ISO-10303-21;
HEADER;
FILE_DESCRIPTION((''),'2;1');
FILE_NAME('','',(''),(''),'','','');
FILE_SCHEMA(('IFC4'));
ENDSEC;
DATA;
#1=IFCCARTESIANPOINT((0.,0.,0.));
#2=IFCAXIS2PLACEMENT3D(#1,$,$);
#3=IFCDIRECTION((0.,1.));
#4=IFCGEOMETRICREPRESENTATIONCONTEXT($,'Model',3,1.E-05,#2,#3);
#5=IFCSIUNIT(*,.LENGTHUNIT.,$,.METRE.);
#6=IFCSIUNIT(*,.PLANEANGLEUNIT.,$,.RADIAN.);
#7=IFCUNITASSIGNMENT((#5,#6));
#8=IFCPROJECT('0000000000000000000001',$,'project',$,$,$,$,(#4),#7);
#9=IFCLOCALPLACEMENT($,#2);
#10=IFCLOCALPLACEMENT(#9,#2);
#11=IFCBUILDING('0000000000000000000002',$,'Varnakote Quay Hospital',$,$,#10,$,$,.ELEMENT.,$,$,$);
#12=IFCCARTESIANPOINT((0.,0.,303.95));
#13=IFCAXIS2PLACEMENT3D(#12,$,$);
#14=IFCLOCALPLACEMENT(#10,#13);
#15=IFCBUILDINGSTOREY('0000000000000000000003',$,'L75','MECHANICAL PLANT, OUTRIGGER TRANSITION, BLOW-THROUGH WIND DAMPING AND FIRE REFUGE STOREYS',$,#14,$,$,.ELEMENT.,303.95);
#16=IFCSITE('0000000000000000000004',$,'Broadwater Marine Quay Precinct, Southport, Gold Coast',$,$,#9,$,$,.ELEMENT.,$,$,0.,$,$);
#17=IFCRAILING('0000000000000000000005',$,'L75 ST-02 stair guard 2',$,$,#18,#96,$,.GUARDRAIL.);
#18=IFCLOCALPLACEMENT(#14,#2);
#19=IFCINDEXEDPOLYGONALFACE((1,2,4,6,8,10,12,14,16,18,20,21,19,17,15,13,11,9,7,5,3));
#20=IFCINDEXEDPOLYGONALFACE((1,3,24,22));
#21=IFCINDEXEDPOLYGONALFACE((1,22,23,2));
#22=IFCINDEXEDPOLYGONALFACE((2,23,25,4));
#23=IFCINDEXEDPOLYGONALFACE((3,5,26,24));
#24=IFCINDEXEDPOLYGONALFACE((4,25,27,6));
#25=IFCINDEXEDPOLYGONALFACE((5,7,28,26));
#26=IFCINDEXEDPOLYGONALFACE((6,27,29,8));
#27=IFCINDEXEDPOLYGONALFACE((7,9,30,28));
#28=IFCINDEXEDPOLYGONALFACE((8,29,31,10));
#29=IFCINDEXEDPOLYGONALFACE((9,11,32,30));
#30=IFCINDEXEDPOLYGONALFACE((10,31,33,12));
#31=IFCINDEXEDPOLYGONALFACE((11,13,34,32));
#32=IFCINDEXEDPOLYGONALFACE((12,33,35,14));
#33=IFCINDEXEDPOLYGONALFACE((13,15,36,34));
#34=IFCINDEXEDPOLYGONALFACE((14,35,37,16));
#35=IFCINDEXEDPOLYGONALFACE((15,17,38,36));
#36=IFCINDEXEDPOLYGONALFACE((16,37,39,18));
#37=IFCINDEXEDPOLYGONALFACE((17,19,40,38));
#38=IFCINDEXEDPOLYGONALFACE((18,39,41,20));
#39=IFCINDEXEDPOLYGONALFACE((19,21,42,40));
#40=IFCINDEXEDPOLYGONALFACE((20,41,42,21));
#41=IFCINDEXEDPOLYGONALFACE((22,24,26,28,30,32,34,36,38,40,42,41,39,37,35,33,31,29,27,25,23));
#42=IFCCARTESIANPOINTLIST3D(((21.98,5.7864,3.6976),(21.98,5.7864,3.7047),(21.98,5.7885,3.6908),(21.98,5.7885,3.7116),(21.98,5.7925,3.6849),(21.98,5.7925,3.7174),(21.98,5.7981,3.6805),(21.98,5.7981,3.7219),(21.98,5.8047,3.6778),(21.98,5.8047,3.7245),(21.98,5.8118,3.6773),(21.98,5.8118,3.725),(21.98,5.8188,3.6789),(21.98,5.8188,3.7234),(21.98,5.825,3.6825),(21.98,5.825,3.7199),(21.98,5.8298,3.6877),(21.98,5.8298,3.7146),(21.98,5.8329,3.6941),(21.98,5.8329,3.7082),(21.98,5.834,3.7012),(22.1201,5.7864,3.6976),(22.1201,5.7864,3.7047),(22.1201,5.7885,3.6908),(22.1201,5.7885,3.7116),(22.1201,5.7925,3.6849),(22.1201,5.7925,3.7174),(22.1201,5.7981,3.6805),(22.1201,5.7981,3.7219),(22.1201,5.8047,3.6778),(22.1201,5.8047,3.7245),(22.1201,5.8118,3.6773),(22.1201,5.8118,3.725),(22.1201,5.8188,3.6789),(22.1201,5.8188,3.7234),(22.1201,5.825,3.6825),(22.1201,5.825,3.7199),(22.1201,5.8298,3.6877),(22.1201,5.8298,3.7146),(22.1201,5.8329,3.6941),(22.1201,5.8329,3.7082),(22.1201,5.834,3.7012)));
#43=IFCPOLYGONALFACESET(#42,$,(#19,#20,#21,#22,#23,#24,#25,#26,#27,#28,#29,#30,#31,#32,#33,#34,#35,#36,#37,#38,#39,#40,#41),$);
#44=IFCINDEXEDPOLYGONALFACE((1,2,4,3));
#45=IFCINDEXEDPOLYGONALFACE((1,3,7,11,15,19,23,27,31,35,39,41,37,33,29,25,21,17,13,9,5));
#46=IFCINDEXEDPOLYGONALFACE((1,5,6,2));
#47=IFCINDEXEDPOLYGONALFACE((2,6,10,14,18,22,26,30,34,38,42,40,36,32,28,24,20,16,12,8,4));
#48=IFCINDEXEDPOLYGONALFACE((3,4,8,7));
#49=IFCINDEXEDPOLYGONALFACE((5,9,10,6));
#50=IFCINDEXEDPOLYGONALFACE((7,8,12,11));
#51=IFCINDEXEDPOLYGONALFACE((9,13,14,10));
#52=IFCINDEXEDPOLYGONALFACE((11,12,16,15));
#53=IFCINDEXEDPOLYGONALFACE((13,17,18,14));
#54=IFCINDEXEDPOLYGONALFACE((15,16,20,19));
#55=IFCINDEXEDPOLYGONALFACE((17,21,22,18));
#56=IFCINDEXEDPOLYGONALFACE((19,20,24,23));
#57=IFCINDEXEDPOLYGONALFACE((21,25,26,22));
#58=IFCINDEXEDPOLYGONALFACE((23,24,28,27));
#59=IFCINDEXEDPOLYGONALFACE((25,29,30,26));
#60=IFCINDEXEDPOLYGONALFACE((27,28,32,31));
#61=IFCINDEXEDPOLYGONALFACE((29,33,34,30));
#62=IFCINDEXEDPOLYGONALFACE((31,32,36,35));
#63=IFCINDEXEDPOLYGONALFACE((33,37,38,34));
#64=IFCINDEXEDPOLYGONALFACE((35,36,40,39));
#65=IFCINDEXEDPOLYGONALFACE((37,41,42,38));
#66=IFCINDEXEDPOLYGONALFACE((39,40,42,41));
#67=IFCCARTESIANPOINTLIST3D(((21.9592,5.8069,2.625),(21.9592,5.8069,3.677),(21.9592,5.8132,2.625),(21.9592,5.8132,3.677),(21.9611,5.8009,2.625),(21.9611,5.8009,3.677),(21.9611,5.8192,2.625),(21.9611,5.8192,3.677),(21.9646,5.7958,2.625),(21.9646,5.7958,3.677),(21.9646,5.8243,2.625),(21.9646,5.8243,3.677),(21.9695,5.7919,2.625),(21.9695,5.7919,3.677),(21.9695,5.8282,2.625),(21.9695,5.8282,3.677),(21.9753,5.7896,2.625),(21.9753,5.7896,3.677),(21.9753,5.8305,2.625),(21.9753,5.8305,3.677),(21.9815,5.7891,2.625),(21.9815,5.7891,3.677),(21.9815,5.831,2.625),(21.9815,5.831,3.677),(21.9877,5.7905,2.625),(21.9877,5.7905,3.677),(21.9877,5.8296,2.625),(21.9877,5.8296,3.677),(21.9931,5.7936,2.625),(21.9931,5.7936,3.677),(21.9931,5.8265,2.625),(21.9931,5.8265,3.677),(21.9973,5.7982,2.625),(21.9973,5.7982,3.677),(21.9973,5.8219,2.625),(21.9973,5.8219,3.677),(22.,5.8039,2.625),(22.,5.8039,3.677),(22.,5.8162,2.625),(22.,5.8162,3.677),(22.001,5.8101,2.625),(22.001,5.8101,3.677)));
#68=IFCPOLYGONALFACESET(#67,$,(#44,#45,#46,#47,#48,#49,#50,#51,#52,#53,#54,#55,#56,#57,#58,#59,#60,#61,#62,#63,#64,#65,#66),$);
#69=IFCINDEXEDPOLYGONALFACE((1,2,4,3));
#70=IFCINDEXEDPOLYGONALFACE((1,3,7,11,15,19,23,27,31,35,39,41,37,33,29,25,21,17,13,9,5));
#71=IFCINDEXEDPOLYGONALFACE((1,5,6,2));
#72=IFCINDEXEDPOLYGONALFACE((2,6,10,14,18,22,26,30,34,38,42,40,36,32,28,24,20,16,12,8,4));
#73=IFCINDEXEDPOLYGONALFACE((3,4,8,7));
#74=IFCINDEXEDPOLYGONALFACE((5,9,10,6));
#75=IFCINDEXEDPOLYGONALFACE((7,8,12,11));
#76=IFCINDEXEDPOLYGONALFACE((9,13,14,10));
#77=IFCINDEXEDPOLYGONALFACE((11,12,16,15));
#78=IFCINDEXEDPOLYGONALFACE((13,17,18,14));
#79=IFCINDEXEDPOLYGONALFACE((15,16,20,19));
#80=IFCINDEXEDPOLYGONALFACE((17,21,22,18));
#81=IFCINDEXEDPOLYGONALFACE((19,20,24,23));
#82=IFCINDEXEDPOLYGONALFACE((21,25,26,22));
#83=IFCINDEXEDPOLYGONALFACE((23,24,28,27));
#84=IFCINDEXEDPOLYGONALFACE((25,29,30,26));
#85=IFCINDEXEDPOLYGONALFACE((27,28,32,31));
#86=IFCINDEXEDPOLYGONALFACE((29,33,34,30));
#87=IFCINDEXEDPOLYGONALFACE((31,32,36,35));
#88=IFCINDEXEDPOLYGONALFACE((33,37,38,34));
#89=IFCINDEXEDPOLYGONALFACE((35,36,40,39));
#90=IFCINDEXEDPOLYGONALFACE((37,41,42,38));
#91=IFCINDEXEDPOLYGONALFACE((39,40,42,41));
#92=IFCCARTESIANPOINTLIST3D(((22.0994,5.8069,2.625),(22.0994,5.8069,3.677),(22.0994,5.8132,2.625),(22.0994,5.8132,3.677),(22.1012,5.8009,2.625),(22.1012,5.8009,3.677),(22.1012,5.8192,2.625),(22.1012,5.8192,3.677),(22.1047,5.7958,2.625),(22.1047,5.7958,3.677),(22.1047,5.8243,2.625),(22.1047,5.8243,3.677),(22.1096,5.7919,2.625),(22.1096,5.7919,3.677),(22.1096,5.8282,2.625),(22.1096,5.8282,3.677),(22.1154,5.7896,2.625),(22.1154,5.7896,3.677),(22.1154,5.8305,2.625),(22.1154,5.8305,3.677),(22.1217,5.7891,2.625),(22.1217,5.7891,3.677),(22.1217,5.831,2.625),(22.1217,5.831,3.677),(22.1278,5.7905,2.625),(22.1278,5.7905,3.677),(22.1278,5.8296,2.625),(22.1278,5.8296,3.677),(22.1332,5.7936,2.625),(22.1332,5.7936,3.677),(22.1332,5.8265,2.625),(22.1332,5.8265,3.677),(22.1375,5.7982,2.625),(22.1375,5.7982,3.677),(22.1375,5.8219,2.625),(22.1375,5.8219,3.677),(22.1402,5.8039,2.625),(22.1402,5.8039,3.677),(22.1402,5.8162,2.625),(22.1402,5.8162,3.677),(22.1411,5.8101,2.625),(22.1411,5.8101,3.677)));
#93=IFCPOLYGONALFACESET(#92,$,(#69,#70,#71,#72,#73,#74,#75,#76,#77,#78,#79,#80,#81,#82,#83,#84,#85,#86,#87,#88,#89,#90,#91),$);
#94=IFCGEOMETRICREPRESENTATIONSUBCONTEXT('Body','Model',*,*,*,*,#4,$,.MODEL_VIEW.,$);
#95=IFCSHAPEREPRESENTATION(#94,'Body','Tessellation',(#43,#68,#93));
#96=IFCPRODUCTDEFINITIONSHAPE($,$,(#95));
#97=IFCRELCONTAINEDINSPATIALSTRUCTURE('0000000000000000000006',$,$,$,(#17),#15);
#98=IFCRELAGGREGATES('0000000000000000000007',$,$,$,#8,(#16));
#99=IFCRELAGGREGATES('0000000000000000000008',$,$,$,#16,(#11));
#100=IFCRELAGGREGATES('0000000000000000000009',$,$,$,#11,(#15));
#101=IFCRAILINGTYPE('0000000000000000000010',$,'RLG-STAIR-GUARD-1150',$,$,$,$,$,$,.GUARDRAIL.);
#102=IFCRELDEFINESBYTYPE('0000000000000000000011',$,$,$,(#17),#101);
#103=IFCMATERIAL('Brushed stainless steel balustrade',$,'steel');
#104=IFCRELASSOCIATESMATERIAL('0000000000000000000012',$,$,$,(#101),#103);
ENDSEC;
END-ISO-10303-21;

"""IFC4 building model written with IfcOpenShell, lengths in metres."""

from ifc_helpers import new_model, si_unit, direction, frame, origin, origin_2d, place, context, subcontext, project, spatial, circle, extrude, material, type_object, element, save


model = new_model("IFC4")

# Units and contexts
model_context = context("Model", 3, precision=1e-05, world=origin(), true_north=direction((0.0, 1.0)))
body_context = subcontext(model_context, "Body", "Model", "MODEL_VIEW")
ifc_project = project(units=[si_unit("LENGTHUNIT", "METRE"), si_unit("PLANEANGLEUNIT", "RADIAN")], contexts=[model_context])

# Site, building, storey
site_placement = place(None, origin())
site = spatial("IfcSite", under=ifc_project, at=site_placement, Name="Broadwater Marine Quay Precinct, Southport, Gold Coast", CompositionType="ELEMENT", RefElevation=0.0)
building_placement = place(site_placement, origin())
building = spatial("IfcBuilding", under=site, at=building_placement, Name="Varnakote Quay Hospital", CompositionType="ELEMENT")
storey_placement = place(building_placement, frame((0.0, 0.0, 303.95)))
storey = spatial("IfcBuildingStorey", under=building, at=storey_placement, Name="L75", Description="MECHANICAL PLANT, OUTRIGGER TRANSITION, BLOW-THROUGH WIND DAMPING AND FIRE REFUGE STOREYS", CompositionType="ELEMENT", Elevation=303.95)

# Railing
ifc_material_1 = material(Name="Brushed stainless steel balustrade", Category="steel")
railing_type_1 = type_object("IfcRailingType", Name="RLG-STAIR-GUARD-1150", PredefinedType="GUARDRAIL", material=ifc_material_1)
railing_1_placement = place(storey_placement, frame((21.98, 5.8101, 2.625)))
element("IfcRailing", 1, at=railing_1_placement, inside=storey, type_object=railing_type_1, Name="L75 ST-02 stair guard 2", PredefinedType="GUARDRAIL", context=body_context, shape_type="SweptSolid", body=[
    extrude(circle(Radius=0.0239, at=origin_2d()), frame((0.0, 0.0, 1.0762), z_axis=(1.0, 0.0, 0.0), x_axis=(0.0, 1.0, 0.0)), (0.0, 0.0, 1.0), 0.1401),
    extrude(circle(Radius=0.021, at=origin_2d()), origin(), (0.0, 0.0, 1.0), 1.052),
    extrude(circle(Radius=0.021, at=origin_2d()), frame((0.1401, 0.0, 0.0)), (0.0, 0.0, 1.0), 1.052),
])

save(model, "model.ifc")
